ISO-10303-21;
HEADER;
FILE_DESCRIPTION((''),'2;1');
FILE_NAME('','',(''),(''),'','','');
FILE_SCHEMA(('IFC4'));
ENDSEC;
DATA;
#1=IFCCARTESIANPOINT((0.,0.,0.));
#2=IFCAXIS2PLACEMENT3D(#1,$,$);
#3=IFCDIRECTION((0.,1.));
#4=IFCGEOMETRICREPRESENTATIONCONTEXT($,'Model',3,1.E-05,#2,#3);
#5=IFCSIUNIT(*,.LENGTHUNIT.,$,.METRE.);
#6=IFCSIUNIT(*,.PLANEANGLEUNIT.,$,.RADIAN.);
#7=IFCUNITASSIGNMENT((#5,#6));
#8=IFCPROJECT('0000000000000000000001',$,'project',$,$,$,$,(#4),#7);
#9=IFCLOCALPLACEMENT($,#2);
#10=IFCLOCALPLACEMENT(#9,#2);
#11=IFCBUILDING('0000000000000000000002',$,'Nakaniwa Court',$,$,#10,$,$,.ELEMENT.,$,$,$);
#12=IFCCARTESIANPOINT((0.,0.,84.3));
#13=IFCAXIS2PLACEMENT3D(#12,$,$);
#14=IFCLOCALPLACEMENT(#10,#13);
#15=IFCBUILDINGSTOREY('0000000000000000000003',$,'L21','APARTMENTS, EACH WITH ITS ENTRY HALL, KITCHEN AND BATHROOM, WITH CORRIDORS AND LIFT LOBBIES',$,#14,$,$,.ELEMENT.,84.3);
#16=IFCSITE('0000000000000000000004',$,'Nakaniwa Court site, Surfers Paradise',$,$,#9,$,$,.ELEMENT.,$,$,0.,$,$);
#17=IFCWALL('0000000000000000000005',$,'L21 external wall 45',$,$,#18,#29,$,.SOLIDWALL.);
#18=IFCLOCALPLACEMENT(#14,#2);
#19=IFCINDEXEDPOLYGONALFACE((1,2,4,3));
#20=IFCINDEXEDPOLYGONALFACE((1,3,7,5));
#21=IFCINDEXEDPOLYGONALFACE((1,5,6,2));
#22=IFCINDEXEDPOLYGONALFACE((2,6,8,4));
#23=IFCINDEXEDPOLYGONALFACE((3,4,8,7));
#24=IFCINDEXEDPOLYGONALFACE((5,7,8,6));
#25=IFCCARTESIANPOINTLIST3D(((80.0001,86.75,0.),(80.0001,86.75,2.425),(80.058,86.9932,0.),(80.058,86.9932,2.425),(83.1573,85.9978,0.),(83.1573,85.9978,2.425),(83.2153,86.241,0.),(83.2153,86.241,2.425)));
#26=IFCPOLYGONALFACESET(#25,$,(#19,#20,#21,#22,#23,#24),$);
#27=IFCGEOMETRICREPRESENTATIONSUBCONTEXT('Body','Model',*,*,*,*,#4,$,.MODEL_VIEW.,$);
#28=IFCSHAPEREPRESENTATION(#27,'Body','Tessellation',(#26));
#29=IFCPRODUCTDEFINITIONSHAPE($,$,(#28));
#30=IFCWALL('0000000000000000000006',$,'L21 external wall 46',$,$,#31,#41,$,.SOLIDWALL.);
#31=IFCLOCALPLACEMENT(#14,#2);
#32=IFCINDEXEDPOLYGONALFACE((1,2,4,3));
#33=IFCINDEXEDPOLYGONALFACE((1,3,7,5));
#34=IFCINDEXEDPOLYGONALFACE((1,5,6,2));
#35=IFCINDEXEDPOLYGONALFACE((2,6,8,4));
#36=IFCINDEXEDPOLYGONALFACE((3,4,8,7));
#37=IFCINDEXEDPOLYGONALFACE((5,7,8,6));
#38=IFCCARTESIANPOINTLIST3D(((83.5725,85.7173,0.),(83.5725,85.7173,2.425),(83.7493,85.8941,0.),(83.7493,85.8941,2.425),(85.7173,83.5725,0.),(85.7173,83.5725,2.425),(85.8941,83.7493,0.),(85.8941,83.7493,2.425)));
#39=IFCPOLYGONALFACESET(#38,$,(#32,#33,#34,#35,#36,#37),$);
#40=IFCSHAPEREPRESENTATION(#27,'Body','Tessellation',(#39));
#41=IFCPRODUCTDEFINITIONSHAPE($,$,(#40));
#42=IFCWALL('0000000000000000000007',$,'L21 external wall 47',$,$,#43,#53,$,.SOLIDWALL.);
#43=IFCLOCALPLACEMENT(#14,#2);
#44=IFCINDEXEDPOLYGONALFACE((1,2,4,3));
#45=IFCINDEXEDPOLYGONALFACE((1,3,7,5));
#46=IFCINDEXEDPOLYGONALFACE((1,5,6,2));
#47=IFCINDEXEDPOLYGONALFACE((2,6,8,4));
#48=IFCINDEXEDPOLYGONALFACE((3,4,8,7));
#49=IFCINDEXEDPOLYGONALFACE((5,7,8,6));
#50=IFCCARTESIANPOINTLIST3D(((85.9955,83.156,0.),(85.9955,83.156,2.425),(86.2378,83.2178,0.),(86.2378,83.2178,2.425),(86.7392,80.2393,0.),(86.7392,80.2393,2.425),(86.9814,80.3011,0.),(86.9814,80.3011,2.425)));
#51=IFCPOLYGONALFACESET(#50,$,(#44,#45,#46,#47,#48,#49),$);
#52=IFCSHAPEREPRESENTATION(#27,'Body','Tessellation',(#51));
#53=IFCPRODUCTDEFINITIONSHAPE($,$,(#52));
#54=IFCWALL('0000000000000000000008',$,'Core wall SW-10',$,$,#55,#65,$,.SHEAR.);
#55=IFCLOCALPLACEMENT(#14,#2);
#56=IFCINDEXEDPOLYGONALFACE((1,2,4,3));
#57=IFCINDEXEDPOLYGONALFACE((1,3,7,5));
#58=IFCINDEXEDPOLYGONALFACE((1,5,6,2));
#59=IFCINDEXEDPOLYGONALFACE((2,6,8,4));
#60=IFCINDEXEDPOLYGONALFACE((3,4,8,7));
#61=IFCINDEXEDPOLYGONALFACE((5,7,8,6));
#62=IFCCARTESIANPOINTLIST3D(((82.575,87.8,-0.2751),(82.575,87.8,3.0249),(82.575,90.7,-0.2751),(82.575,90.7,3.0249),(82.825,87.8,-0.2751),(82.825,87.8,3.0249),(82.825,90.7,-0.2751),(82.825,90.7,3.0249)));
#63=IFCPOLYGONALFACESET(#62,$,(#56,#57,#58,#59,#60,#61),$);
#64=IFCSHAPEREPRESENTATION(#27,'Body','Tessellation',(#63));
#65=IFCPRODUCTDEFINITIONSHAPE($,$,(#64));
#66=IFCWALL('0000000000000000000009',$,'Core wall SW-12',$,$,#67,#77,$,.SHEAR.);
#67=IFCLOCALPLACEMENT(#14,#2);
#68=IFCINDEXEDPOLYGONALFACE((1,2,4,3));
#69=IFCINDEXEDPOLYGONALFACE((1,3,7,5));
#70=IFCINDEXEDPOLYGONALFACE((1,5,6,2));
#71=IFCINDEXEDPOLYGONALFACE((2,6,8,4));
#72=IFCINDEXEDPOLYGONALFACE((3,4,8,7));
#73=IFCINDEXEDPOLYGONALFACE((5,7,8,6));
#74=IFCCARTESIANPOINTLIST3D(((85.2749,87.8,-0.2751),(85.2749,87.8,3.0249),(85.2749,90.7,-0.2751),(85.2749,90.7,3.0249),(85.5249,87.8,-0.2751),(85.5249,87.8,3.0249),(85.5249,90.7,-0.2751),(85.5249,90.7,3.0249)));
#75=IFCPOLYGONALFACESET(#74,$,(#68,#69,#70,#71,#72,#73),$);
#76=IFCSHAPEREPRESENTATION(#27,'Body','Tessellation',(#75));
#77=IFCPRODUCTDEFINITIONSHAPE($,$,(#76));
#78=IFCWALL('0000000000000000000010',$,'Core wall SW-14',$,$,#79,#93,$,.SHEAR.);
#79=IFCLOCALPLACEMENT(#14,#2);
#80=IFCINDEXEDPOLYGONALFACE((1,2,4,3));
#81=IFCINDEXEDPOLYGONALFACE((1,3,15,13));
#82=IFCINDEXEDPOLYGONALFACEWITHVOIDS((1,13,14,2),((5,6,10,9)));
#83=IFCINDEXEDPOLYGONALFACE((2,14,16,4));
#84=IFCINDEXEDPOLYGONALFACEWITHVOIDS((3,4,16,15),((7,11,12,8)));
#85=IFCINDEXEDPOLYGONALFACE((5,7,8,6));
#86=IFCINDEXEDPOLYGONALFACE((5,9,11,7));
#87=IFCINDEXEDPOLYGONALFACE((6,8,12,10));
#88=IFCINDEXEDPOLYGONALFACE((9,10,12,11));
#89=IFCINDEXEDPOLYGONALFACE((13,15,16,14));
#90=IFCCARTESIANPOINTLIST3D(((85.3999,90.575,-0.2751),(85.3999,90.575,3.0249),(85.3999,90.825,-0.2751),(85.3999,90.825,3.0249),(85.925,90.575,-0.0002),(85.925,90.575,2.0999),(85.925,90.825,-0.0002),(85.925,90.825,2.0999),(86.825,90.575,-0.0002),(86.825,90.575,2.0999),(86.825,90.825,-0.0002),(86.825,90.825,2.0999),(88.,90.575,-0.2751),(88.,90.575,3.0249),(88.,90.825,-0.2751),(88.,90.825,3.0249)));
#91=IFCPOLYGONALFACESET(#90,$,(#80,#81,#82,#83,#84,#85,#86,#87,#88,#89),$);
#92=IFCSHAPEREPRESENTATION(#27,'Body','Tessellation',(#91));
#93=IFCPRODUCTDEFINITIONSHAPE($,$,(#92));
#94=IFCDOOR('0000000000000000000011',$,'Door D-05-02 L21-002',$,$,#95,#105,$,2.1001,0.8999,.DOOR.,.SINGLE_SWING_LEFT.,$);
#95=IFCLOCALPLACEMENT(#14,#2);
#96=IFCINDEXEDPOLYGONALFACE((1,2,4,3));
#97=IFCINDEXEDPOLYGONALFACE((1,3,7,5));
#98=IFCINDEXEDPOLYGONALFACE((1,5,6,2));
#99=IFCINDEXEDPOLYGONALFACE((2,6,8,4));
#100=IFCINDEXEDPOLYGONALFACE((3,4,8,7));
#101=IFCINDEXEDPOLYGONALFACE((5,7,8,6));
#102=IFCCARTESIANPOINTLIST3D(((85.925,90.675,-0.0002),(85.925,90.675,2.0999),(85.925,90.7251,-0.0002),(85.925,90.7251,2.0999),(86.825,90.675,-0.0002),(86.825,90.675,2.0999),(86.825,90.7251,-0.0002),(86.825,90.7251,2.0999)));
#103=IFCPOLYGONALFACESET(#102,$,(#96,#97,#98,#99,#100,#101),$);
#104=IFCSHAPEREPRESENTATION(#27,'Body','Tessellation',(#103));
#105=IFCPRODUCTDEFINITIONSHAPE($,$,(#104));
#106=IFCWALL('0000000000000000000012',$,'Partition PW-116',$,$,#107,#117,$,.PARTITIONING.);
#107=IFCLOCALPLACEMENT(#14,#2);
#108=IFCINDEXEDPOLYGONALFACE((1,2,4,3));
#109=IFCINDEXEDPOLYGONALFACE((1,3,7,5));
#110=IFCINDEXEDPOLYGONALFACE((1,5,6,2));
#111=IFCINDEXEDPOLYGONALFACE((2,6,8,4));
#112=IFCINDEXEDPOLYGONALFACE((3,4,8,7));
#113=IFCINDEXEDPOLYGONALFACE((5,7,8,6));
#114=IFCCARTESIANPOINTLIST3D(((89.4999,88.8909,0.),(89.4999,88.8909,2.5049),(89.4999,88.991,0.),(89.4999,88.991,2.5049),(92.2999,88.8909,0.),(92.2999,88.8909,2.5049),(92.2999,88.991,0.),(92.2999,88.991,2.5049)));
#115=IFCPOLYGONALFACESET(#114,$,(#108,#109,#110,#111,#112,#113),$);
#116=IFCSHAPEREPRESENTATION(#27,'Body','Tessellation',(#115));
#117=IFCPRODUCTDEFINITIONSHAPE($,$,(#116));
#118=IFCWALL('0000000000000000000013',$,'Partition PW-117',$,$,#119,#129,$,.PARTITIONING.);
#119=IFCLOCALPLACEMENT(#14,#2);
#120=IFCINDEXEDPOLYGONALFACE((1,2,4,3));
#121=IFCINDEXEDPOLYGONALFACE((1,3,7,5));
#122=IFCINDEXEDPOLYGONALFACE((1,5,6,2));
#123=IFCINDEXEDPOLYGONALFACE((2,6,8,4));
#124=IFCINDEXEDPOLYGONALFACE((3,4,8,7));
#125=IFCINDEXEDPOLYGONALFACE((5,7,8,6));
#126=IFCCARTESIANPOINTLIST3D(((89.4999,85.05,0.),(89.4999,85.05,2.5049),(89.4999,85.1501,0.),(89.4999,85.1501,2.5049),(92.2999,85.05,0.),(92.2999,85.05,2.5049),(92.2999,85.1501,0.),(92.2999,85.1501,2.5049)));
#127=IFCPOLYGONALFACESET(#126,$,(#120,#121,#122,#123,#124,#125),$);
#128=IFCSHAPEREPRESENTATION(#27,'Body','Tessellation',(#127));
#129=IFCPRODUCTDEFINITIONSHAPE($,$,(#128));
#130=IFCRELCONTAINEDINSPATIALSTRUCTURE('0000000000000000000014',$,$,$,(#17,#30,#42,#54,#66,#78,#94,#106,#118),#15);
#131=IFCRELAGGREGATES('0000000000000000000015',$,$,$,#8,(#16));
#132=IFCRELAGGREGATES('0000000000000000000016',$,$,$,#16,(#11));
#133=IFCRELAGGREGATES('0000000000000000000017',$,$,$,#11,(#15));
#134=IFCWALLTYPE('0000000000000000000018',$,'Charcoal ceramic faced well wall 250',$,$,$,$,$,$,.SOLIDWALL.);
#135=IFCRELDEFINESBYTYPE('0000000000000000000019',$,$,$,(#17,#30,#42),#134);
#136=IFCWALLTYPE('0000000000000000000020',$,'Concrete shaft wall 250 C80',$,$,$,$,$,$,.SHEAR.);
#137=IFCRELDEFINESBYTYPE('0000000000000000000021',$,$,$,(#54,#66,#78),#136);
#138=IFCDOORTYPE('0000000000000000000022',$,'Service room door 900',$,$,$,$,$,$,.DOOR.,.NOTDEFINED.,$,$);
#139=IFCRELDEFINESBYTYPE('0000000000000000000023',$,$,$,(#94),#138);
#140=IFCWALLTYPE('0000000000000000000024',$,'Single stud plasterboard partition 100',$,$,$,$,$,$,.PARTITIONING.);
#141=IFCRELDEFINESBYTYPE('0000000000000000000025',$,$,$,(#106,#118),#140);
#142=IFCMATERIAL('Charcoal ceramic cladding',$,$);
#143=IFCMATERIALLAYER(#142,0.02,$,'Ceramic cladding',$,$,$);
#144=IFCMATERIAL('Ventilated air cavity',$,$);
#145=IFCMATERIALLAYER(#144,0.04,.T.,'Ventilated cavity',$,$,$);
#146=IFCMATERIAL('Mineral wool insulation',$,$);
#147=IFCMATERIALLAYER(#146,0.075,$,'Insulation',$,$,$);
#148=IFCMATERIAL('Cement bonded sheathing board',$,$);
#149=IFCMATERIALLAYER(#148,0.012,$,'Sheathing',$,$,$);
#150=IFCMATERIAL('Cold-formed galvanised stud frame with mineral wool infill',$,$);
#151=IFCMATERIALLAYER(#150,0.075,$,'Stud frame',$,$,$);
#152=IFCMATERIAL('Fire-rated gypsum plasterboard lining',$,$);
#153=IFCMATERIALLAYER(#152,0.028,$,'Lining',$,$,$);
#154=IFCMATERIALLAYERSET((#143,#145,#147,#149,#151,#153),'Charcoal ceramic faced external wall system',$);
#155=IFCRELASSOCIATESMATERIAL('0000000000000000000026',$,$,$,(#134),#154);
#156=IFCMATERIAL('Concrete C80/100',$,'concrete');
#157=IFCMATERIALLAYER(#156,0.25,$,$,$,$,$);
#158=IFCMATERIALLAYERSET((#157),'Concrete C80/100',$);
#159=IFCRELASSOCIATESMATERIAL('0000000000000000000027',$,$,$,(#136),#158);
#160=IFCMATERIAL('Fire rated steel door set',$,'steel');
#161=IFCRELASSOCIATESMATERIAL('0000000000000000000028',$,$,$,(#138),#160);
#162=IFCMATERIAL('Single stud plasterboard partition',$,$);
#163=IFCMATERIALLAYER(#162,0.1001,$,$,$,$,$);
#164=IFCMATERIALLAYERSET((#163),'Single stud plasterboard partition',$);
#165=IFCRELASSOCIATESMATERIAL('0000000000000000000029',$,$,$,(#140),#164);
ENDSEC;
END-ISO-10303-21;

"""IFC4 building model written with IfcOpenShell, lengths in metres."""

from ifc_helpers import new_model, si_unit, direction, frame, frame_2d, origin, place, context, subcontext, project, spatial, rectangle, extrude, material, layer, layer_set, type_object, element, fill, save


model = new_model("IFC4")

# Units and contexts
model_context = context("Model", 3, precision=1e-05, world=origin(), true_north=direction((0.0, 1.0)))
body_context = subcontext(model_context, "Body", "Model", "MODEL_VIEW")
ifc_project = project(units=[si_unit("LENGTHUNIT", "METRE"), si_unit("PLANEANGLEUNIT", "RADIAN")], contexts=[model_context])

# Site, building, storey
site_placement = place(None, origin())
site = spatial("IfcSite", under=ifc_project, at=site_placement, Name="Nakaniwa Court site, Surfers Paradise", CompositionType="ELEMENT", RefElevation=0.0)
building_placement = place(site_placement, origin())
building = spatial("IfcBuilding", under=site, at=building_placement, Name="Nakaniwa Court", CompositionType="ELEMENT")
storey_placement = place(building_placement, frame((0.0, 0.0, 84.3)))
storey = spatial("IfcBuildingStorey", under=building, at=storey_placement, Name="L21", Description="APARTMENTS, EACH WITH ITS ENTRY HALL, KITCHEN AND BATHROOM, WITH CORRIDORS AND LIFT LOBBIES", CompositionType="ELEMENT", Elevation=84.3)

# Shared definitions
ifc_material_1 = material(Name="Concrete C80/100", Category="concrete")

# Walls
ifc_material_2 = material(Name="Charcoal ceramic cladding")
ifc_layer_1 = layer(ifc_material_2, 0.02, Name="Ceramic cladding")
ifc_material_3 = material(Name="Ventilated air cavity")
ifc_layer_2 = layer(ifc_material_3, 0.04, ventilated=True, Name="Ventilated cavity")
ifc_material_4 = material(Name="Mineral wool insulation")
ifc_layer_3 = layer(ifc_material_4, 0.075, Name="Insulation")
ifc_material_5 = material(Name="Cement bonded sheathing board")
ifc_layer_4 = layer(ifc_material_5, 0.012, Name="Sheathing")
ifc_material_6 = material(Name="Cold-formed galvanised stud frame with mineral wool infill")
ifc_layer_5 = layer(ifc_material_6, 0.075, Name="Stud frame")
ifc_material_7 = material(Name="Fire-rated gypsum plasterboard lining")
ifc_layer_6 = layer(ifc_material_7, 0.028, Name="Lining")
ifc_layer_set_1 = layer_set([ifc_layer_1, ifc_layer_2, ifc_layer_3, ifc_layer_4, ifc_layer_5, ifc_layer_6], Name="Charcoal ceramic faced external wall system")
wall_type_1 = type_object("IfcWallType", Name="Charcoal ceramic faced well wall 250", PredefinedType="SOLIDWALL", material=ifc_layer_set_1)
wall_1_placement = place(storey_placement, frame((80.0291, 86.8716, 0.0), z_axis=(0.0, 0.0, 1.0), x_axis=(0.972773, -0.23176, 0.0)))
element("IfcWall", 1, at=wall_1_placement, inside=storey, type_object=wall_type_1, Name="L21 external wall 45", PredefinedType="SOLIDWALL", context=body_context, shape_type="SweptSolid", body=[
    extrude(rectangle(XDim=3.2456, YDim=0.25, at=frame_2d((1.6228, 0.0))), origin(), (0.0, 0.0, 1.0), 2.425),
])
wall_2_placement = place(storey_placement, frame((83.6609, 85.8057, 0.0), z_axis=(0.0, 0.0, 1.0), x_axis=(0.707107, -0.707107, 0.0)))
element("IfcWall", 2, at=wall_2_placement, inside=storey, type_object=wall_type_1, Name="L21 external wall 46", PredefinedType="SOLIDWALL", context=body_context, shape_type="SweptSolid", body=[
    extrude(rectangle(XDim=3.0332, YDim=0.25, at=frame_2d((1.5166, 0.0))), origin(), (0.0, 0.0, 1.0), 2.425),
])
wall_3_placement = place(storey_placement, frame((86.1167, 83.1868, 0.0), z_axis=(0.0, 0.0, 1.0), x_axis=(0.247056, -0.969001, 0.0)))
element("IfcWall", 3, at=wall_3_placement, inside=storey, type_object=wall_type_1, Name="L21 external wall 47", PredefinedType="SOLIDWALL", context=body_context, shape_type="SweptSolid", body=[
    extrude(rectangle(XDim=3.01, YDim=0.25, at=frame_2d((1.5049, 0.0))), origin(), (0.0, 0.0, 1.0), 2.425),
])
ifc_layer_7 = layer(ifc_material_1, 0.25)
ifc_layer_set_2 = layer_set([ifc_layer_7], Name="Concrete C80/100")
wall_type_2 = type_object("IfcWallType", Name="Concrete shaft wall 250 C80", PredefinedType="SHEAR", material=ifc_layer_set_2)
for number, where, z_axis, x_axis, name in (
    (4, (82.7, 87.8, -0.2751), (0.0, 0.0, 1.0), (0.0, 1.0, 0.0), "Core wall SW-10"),
    (5, (85.3999, 87.8, -0.2751), (0.0, 0.0, 1.0), (0.0, 1.0, 0.0), "Core wall SW-12"),
):
    element("IfcWall", number, at=place(storey_placement, frame(where, z_axis=z_axis, x_axis=x_axis)), inside=storey, type_object=wall_type_2, Name=name, PredefinedType="SHEAR", context=body_context, shape_type="SweptSolid", body=[
        extrude(rectangle(XDim=2.8999, YDim=0.25, at=frame_2d((1.45, 0.0))), origin(), (0.0, 0.0, 1.0), 3.3),
    ])

# Wall, opening, door
wall_4_placement = place(storey_placement, frame((88.0, 90.7, -0.2751), z_axis=(0.0, 0.0, 1.0), x_axis=(-1.0, 0.0, 0.0)))
wall_4 = element("IfcWall", 6, at=wall_4_placement, inside=storey, type_object=wall_type_2, Name="Core wall SW-14", PredefinedType="SHEAR", context=body_context, shape_type="SweptSolid", body=[
    extrude(rectangle(XDim=2.6001, YDim=0.25, at=frame_2d((1.3, 0.0))), origin(), (0.0, 0.0, 1.0), 3.3),
])
opening_1_placement = place(wall_4_placement, frame((1.175, 0.0, 0.2749)))
opening_1 = element("IfcOpeningElement", 7, at=opening_1_placement, cuts=wall_4, PredefinedType="OPENING", context=body_context, shape_type="SweptSolid", body=[
    extrude(rectangle(XDim=0.8999, YDim=2.1001, at=frame_2d((0.45, 1.05))), frame((0.0, 0.135, 0.0), z_axis=(0.0, -1.0, 0.0), x_axis=(1.0, 0.0, 0.0)), (0.0, 0.0, 1.0), 0.27),
])
ifc_material_8 = material(Name="Fire rated steel door set", Category="steel")
door_type_1 = type_object("IfcDoorType", Name="Service room door 900", OperationType="NOTDEFINED", PredefinedType="DOOR", material=ifc_material_8)
door_1_placement = place(opening_1_placement, origin())
door_1 = element("IfcDoor", 8, at=door_1_placement, inside=storey, type_object=door_type_1, Name="Door D-05-02 L21-002", OperationType="SINGLE_SWING_LEFT", OverallHeight=2.1001, OverallWidth=0.8999, PredefinedType="DOOR", context=body_context, shape_type="SweptSolid", body=[
    extrude(rectangle(XDim=0.8999, YDim=2.1001, at=frame_2d((0.45, 1.05))), frame((0.0, 0.0249, 0.0), z_axis=(0.0, -1.0, 0.0), x_axis=(1.0, 0.0, 0.0)), (0.0, 0.0, 1.0), 0.05),
])
fill(opening_1, door_1)

# Walls
ifc_material_9 = material(Name="Single stud plasterboard partition")
ifc_layer_8 = layer(ifc_material_9, 0.1001)
ifc_layer_set_3 = layer_set([ifc_layer_8], Name="Single stud plasterboard partition")
wall_type_3 = type_object("IfcWallType", Name="Single stud plasterboard partition 100", PredefinedType="PARTITIONING", material=ifc_layer_set_3)
for number, where, z_axis, x_axis, name in (
    (9, (89.5, 88.9409, 0.0), (0.0, 0.0, 1.0), (1.0, 0.0, 0.0), "Partition PW-116"),
    (10, (89.5, 85.1001, 0.0), (0.0, 0.0, 1.0), (1.0, 0.0, 0.0), "Partition PW-117"),
):
    element("IfcWall", number, at=place(storey_placement, frame(where, z_axis=z_axis, x_axis=x_axis)), inside=storey, type_object=wall_type_3, Name=name, PredefinedType="PARTITIONING", context=body_context, shape_type="SweptSolid", body=[
        extrude(rectangle(XDim=2.8, YDim=0.1001, at=frame_2d((1.3999, 0.0))), origin(), (0.0, 0.0, 1.0), 2.5049),
    ])

save(model, "model.ifc")
